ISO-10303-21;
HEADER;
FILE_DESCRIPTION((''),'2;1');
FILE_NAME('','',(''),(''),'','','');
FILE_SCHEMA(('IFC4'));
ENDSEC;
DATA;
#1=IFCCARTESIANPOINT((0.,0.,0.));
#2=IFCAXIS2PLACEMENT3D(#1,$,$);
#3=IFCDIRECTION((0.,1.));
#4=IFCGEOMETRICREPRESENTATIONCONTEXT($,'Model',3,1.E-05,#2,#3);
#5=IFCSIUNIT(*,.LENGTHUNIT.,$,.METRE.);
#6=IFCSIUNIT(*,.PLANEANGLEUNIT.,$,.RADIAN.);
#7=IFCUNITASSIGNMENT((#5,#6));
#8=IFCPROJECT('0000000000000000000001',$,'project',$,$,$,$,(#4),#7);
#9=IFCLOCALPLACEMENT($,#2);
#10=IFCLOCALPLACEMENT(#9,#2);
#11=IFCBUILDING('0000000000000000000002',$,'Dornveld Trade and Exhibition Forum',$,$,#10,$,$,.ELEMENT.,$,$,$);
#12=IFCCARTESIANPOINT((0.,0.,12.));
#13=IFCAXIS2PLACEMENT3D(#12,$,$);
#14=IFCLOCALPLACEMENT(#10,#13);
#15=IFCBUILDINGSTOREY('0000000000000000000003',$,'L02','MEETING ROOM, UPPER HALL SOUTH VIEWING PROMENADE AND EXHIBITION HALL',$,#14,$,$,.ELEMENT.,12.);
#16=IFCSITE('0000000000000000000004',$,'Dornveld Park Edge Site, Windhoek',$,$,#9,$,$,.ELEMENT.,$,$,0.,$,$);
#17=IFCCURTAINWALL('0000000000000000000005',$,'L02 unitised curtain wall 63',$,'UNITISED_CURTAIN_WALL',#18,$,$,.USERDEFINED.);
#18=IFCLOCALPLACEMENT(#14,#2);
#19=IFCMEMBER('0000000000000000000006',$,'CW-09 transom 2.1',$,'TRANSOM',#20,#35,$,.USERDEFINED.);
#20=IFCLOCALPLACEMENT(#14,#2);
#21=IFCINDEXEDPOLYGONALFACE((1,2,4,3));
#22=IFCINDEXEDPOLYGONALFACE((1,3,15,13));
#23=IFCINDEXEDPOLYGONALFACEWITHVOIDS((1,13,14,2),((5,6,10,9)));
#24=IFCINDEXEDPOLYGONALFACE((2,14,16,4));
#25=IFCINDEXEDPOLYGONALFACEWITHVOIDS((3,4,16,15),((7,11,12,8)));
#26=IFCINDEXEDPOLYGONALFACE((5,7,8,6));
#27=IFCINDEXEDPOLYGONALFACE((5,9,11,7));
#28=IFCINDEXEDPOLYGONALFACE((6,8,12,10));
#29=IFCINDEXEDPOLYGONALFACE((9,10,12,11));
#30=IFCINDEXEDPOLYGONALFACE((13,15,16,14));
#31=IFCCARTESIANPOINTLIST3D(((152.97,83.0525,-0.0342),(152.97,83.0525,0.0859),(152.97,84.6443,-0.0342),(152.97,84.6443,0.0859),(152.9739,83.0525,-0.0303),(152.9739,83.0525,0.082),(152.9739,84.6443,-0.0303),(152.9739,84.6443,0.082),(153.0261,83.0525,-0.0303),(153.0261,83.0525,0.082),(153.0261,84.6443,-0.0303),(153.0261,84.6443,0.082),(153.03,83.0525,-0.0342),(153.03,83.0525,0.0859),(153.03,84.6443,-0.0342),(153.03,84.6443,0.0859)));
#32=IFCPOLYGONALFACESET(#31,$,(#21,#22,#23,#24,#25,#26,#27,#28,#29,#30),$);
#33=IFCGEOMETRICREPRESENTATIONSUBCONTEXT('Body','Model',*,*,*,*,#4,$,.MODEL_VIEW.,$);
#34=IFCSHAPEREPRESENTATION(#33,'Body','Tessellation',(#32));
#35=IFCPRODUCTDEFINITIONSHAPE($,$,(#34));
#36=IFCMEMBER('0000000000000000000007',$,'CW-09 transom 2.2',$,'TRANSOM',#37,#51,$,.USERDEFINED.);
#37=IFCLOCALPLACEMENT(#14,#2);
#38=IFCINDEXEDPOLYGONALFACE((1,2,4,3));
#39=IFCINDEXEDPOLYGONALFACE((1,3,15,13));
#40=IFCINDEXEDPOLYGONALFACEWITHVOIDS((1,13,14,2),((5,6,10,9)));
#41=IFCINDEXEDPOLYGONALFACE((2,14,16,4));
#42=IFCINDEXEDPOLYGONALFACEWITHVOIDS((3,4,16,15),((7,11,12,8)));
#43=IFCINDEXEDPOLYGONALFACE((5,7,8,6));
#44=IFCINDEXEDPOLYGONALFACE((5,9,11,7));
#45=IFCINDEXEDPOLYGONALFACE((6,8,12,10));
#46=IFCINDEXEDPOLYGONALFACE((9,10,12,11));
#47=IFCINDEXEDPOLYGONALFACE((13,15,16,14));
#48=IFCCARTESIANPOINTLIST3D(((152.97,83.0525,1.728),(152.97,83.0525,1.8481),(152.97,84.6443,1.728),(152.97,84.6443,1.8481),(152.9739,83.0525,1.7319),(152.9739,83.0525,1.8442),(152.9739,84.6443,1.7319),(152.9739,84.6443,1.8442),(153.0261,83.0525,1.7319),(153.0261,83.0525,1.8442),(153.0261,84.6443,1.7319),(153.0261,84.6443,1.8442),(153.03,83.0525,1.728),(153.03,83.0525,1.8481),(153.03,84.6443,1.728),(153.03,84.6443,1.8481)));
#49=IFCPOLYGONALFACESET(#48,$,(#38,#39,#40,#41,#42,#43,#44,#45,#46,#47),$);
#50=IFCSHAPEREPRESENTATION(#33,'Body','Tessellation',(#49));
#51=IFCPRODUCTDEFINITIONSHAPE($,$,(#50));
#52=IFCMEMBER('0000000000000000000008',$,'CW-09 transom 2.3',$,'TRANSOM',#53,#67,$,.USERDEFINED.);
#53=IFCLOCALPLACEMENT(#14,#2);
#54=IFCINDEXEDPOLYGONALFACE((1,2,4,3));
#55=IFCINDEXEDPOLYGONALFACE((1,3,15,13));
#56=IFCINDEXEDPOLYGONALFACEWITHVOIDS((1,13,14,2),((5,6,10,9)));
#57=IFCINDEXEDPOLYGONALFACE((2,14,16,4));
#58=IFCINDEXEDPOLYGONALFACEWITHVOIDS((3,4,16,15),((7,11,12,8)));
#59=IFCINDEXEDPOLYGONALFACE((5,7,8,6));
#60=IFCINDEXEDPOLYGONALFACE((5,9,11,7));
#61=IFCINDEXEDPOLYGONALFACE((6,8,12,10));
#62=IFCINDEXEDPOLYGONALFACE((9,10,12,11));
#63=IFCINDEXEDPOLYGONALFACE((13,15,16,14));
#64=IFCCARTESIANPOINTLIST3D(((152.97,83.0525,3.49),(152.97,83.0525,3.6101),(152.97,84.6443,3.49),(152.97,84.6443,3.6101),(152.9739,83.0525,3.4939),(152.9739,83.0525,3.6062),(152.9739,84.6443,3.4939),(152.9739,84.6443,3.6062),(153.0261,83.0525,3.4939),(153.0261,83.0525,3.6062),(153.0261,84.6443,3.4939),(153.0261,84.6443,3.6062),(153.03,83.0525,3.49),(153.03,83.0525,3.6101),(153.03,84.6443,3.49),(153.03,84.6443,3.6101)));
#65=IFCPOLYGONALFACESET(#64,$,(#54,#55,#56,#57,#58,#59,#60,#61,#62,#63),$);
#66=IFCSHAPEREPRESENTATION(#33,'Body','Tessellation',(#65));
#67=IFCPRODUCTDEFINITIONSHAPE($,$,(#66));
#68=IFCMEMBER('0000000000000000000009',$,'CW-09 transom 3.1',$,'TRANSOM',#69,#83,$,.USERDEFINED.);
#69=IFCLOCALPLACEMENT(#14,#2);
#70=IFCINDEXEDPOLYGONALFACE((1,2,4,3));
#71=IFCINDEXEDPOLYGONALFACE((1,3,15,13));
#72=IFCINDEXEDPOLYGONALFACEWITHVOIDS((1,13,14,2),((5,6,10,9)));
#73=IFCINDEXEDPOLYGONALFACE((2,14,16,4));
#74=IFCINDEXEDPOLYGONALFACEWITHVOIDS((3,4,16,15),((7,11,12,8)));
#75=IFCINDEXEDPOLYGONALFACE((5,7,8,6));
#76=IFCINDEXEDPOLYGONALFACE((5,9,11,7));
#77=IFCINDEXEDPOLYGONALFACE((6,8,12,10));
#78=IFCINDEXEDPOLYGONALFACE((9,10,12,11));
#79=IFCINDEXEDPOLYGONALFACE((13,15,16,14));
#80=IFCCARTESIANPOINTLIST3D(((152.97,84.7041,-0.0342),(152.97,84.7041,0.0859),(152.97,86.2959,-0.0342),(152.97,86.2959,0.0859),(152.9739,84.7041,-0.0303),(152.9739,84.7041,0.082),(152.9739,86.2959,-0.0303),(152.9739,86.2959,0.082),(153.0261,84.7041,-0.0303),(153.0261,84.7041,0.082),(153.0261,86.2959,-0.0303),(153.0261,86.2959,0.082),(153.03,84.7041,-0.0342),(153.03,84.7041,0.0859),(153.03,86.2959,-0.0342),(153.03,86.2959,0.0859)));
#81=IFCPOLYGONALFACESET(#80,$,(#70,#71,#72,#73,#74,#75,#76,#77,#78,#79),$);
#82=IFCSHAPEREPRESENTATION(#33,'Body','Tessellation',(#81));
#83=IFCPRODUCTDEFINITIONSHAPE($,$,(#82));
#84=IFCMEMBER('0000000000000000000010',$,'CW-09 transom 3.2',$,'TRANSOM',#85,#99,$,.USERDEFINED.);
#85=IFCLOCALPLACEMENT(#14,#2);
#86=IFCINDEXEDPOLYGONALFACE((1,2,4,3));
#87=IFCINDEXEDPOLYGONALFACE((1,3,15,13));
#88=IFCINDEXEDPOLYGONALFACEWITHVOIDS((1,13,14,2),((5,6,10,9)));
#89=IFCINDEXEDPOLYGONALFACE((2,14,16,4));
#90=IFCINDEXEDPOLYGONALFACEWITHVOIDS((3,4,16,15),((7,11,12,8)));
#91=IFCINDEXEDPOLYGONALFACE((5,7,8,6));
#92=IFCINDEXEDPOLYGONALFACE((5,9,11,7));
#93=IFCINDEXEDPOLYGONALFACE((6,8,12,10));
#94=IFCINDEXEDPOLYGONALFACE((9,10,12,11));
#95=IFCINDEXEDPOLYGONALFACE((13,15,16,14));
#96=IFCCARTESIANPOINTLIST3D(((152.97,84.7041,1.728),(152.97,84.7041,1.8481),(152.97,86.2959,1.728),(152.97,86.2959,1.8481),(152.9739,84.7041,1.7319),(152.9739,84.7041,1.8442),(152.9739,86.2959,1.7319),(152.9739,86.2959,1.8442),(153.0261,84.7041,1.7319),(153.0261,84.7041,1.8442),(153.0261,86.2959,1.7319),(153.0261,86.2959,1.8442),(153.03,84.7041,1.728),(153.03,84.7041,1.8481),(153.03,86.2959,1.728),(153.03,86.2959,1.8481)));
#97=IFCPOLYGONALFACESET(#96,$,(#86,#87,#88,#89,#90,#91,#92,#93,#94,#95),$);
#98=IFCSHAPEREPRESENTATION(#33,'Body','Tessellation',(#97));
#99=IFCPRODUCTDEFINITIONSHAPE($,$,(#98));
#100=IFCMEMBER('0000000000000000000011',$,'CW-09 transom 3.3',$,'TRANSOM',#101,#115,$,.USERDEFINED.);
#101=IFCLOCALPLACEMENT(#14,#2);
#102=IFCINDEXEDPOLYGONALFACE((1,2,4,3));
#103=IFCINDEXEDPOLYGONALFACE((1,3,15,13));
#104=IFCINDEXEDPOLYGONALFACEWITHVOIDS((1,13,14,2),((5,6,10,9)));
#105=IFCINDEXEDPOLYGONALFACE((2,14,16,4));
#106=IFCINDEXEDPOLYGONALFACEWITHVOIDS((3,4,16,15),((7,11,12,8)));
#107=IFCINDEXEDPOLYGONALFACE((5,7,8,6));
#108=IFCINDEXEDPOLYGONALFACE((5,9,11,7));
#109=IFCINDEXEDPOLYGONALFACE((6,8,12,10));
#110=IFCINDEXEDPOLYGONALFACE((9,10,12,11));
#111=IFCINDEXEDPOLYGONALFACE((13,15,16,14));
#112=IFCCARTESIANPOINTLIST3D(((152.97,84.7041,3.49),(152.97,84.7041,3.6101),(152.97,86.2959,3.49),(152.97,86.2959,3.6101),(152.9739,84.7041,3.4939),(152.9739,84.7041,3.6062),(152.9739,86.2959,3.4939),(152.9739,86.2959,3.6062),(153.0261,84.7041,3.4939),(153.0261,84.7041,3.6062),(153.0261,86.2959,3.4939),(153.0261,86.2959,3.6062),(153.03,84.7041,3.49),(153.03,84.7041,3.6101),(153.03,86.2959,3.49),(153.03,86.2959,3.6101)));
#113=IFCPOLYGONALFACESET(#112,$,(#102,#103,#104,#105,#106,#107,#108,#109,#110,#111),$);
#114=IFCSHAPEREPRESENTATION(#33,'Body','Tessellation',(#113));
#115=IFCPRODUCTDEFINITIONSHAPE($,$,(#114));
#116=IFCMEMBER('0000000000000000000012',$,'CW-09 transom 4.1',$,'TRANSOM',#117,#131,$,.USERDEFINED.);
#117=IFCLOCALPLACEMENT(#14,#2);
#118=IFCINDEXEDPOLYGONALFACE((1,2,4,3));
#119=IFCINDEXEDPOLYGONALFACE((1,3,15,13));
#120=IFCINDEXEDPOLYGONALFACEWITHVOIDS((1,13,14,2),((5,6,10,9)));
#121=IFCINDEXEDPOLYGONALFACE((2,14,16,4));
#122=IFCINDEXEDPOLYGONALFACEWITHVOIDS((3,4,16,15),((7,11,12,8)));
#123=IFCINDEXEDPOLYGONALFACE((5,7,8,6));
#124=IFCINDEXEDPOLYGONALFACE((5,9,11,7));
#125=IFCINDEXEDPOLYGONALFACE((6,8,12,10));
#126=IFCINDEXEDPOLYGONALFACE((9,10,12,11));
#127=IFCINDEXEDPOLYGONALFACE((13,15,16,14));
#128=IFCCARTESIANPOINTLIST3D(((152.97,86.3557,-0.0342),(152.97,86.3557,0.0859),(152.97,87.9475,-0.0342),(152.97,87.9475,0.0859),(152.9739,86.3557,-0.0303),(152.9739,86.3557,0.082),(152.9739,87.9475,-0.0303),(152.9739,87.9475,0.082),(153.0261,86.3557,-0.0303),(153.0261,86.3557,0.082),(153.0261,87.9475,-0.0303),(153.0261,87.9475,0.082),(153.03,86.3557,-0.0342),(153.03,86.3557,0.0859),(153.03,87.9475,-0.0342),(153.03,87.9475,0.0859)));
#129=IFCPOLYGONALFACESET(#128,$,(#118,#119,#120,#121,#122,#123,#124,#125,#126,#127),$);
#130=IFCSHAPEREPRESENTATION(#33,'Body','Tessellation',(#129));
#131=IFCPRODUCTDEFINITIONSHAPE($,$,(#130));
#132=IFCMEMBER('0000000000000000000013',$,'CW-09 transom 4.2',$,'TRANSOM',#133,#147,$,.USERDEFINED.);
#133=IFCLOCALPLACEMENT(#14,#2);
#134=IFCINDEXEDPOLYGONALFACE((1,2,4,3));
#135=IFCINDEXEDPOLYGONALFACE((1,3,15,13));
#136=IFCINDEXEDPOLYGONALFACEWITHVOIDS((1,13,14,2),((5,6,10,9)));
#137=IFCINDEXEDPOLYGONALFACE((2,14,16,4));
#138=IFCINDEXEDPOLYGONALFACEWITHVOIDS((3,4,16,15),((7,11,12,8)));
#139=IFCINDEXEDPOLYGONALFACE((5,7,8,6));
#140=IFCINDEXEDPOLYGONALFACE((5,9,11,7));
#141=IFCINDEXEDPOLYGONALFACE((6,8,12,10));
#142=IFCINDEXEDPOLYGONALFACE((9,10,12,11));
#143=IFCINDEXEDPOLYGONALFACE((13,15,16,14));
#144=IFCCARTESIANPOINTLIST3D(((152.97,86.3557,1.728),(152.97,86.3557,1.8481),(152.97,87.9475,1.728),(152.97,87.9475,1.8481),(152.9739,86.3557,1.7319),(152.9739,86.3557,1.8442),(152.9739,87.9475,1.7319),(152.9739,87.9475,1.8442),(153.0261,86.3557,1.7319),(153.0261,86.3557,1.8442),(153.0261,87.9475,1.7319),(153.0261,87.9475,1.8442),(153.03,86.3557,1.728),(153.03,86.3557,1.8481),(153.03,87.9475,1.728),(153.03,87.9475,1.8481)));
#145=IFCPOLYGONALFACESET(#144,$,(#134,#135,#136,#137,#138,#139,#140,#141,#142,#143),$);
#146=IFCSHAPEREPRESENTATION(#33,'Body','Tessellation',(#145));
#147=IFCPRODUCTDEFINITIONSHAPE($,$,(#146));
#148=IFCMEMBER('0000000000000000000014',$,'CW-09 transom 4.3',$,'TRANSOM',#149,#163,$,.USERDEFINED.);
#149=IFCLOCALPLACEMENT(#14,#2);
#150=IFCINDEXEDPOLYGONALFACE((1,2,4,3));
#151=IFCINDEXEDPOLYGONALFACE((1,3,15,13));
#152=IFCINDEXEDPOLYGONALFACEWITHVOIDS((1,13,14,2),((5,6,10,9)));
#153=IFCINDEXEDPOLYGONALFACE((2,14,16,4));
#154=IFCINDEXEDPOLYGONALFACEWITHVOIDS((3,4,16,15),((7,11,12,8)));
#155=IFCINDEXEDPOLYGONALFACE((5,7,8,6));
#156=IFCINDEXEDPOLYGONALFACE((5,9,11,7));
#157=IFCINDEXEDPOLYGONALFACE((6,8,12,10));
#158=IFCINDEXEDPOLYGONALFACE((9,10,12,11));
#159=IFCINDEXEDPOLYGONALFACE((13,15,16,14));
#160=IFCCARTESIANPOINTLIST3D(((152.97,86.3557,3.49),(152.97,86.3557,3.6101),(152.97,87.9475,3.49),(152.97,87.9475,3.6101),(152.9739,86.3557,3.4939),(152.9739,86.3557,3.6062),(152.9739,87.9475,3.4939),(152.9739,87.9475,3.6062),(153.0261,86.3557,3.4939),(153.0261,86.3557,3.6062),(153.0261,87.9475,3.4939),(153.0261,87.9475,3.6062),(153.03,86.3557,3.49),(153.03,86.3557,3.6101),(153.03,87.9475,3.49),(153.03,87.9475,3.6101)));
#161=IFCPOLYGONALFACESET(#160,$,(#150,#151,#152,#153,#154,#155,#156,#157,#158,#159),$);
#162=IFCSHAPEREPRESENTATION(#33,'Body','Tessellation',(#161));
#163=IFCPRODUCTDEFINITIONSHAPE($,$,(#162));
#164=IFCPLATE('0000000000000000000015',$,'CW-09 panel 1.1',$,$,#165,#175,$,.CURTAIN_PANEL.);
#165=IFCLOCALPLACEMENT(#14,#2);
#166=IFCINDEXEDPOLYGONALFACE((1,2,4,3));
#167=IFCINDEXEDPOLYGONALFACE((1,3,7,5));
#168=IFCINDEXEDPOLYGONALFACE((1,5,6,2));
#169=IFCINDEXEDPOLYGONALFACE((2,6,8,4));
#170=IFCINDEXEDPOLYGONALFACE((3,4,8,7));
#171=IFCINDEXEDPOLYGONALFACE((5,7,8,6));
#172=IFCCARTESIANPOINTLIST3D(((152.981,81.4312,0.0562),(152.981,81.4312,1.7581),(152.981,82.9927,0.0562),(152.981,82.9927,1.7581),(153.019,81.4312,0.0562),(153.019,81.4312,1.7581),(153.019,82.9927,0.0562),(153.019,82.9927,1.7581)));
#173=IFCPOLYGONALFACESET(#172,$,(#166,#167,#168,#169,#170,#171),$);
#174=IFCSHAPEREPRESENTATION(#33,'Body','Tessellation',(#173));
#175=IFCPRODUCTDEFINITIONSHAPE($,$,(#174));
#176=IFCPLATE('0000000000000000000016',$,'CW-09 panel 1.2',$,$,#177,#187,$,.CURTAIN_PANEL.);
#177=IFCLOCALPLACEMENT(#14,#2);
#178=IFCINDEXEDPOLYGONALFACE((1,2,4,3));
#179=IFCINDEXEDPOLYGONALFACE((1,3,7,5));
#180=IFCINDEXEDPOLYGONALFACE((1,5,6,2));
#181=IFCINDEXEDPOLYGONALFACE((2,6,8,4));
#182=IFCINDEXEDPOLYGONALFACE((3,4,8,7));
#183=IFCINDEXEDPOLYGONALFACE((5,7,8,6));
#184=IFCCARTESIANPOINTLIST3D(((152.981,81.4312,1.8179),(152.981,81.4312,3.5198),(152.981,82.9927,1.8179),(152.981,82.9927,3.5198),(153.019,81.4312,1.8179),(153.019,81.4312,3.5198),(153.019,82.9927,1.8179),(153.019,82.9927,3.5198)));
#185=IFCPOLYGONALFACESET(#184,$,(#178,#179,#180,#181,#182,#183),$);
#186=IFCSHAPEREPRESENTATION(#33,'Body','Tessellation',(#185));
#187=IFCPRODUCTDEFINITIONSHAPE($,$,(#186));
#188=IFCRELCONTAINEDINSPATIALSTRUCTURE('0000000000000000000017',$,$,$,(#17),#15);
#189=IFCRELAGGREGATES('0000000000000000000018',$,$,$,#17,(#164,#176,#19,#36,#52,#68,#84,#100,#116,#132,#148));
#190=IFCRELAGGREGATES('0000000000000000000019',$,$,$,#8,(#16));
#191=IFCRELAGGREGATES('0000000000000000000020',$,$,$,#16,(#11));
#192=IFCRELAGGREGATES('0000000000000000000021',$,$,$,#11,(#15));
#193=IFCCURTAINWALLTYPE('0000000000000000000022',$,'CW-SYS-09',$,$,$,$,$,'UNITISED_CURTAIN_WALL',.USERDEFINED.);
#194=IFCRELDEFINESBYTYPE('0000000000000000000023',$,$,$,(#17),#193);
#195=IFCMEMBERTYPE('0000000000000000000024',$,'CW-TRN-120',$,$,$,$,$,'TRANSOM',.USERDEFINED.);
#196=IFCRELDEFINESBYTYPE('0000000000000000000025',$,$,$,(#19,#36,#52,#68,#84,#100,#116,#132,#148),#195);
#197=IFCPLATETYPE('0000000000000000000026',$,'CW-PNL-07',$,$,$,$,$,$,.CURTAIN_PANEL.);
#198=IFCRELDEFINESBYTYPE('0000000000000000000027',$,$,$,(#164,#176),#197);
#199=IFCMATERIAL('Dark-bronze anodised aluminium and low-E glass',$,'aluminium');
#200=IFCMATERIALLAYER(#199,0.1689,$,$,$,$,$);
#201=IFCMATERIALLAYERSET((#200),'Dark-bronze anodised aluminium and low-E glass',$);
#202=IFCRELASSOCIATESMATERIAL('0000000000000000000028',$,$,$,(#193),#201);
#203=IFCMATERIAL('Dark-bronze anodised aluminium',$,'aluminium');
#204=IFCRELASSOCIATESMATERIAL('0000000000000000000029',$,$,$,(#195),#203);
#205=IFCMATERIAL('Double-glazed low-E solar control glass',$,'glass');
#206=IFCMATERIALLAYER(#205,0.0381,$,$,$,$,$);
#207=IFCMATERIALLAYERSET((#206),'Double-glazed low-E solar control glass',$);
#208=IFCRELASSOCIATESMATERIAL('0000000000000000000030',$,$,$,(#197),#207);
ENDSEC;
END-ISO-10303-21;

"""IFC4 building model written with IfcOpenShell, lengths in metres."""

from ifc_helpers import new_model, si_unit, direction, frame, origin, origin_2d, place, context, subcontext, project, spatial, rectangle, hollow_rectangle, extrude, material, layer, layer_set, material_profile, profile_set, type_object, element, aggregate, save


model = new_model("IFC4")

# Units and contexts
model_context = context("Model", 3, precision=1e-05, world=origin(), true_north=direction((0.0, 1.0)))
body_context = subcontext(model_context, "Body", "Model", "MODEL_VIEW")
ifc_project = project(units=[si_unit("LENGTHUNIT", "METRE"), si_unit("PLANEANGLEUNIT", "RADIAN")], contexts=[model_context])

# Site, building, storey
site_placement = place(None, origin())
site = spatial("IfcSite", under=ifc_project, at=site_placement, Name="Dornveld Park Edge Site, Windhoek", CompositionType="ELEMENT", RefElevation=0.0)
building_placement = place(site_placement, origin())
building = spatial("IfcBuilding", under=site, at=building_placement, Name="Dornveld Trade and Exhibition Forum", CompositionType="ELEMENT")
storey_placement = place(building_placement, frame((0.0, 0.0, 12.0)))
storey = spatial("IfcBuildingStorey", under=building, at=storey_placement, Name="L02", Description="MEETING ROOM, UPPER HALL SOUTH VIEWING PROMENADE AND EXHIBITION HALL", CompositionType="ELEMENT", Elevation=12.0)

# Curtain wall, members, plates
ifc_material_1 = material(Name="Dark-bronze anodised aluminium and low-E glass", Category="aluminium")
ifc_layer_1 = layer(ifc_material_1, 0.1689)
ifc_layer_set_1 = layer_set([ifc_layer_1], Name="Dark-bronze anodised aluminium and low-E glass")
curtain_wall_type = type_object("IfcCurtainWallType", Name="CW-SYS-09", ElementType="UNITISED_CURTAIN_WALL", PredefinedType="USERDEFINED", material=ifc_layer_set_1)
curtain_wall_placement = place(storey_placement, origin())
curtain_wall = element("IfcCurtainWall", 1, at=curtain_wall_placement, inside=storey, type_object=curtain_wall_type, Name="L02 unitised curtain wall 63", ObjectType="UNITISED_CURTAIN_WALL", PredefinedType="USERDEFINED")
ifc_material_2 = material(Name="Dark-bronze anodised aluminium", Category="aluminium")
ifc_material_profile_1 = material_profile(ifc_material_2, hollow_rectangle(XDim=0.0601, YDim=0.1201, WallThickness=0.0039, at=origin_2d()), Name="RHS 120x60x4")
ifc_profile_set_1 = profile_set([ifc_material_profile_1], Name="Dark-bronze anodised aluminium")
member_type_1 = type_object("IfcMemberType", Name="CW-TRN-120", ElementType="TRANSOM", PredefinedType="USERDEFINED", material=ifc_profile_set_1)
member_1_placement = place(storey_placement, frame((153.0, 83.0525, 0.0259), z_axis=(0.0, 1.0, 0.0), x_axis=(-1.0, 0.0, 0.0)))
member_1 = element("IfcMember", 2, at=member_1_placement, type_object=member_type_1, Name="CW-09 transom 2.1", ObjectType="TRANSOM", PredefinedType="USERDEFINED", context=body_context, shape_type="SweptSolid", body=[
    extrude(hollow_rectangle(XDim=0.0601, YDim=0.1201, WallThickness=0.0039, at=origin_2d()), origin(), (0.0, 0.0, 1.0), 1.5918),
])
member_2_placement = place(storey_placement, frame((153.0, 83.0525, 1.7881), z_axis=(0.0, 1.0, 0.0), x_axis=(-1.0, 0.0, 0.0)))
member_2 = element("IfcMember", 3, at=member_2_placement, type_object=member_type_1, Name="CW-09 transom 2.2", ObjectType="TRANSOM", PredefinedType="USERDEFINED", context=body_context, shape_type="SweptSolid", body=[
    extrude(hollow_rectangle(XDim=0.0601, YDim=0.1201, WallThickness=0.0039, at=origin_2d()), origin(), (0.0, 0.0, 1.0), 1.5918),
])
member_3_placement = place(storey_placement, frame((153.0, 83.0525, 3.55), z_axis=(0.0, 1.0, 0.0), x_axis=(-1.0, 0.0, 0.0)))
member_3 = element("IfcMember", 4, at=member_3_placement, type_object=member_type_1, Name="CW-09 transom 2.3", ObjectType="TRANSOM", PredefinedType="USERDEFINED", context=body_context, shape_type="SweptSolid", body=[
    extrude(hollow_rectangle(XDim=0.0601, YDim=0.1201, WallThickness=0.0039, at=origin_2d()), origin(), (0.0, 0.0, 1.0), 1.5918),
])
member_4_placement = place(storey_placement, frame((153.0, 84.7041, 0.0259), z_axis=(0.0, 1.0, 0.0), x_axis=(-1.0, 0.0, 0.0)))
member_4 = element("IfcMember", 5, at=member_4_placement, type_object=member_type_1, Name="CW-09 transom 3.1", ObjectType="TRANSOM", PredefinedType="USERDEFINED", context=body_context, shape_type="SweptSolid", body=[
    extrude(hollow_rectangle(XDim=0.0601, YDim=0.1201, WallThickness=0.0039, at=origin_2d()), origin(), (0.0, 0.0, 1.0), 1.5918),
])
member_5_placement = place(storey_placement, frame((153.0, 84.7041, 1.7881), z_axis=(0.0, 1.0, 0.0), x_axis=(-1.0, 0.0, 0.0)))
member_5 = element("IfcMember", 6, at=member_5_placement, type_object=member_type_1, Name="CW-09 transom 3.2", ObjectType="TRANSOM", PredefinedType="USERDEFINED", context=body_context, shape_type="SweptSolid", body=[
    extrude(hollow_rectangle(XDim=0.0601, YDim=0.1201, WallThickness=0.0039, at=origin_2d()), origin(), (0.0, 0.0, 1.0), 1.5918),
])
member_6_placement = place(storey_placement, frame((153.0, 84.7041, 3.55), z_axis=(0.0, 1.0, 0.0), x_axis=(-1.0, 0.0, 0.0)))
member_6 = element("IfcMember", 7, at=member_6_placement, type_object=member_type_1, Name="CW-09 transom 3.3", ObjectType="TRANSOM", PredefinedType="USERDEFINED", context=body_context, shape_type="SweptSolid", body=[
    extrude(hollow_rectangle(XDim=0.0601, YDim=0.1201, WallThickness=0.0039, at=origin_2d()), origin(), (0.0, 0.0, 1.0), 1.5918),
])
member_7_placement = place(storey_placement, frame((153.0, 86.3557, 0.0259), z_axis=(0.0, 1.0, 0.0), x_axis=(-1.0, 0.0, 0.0)))
member_7 = element("IfcMember", 8, at=member_7_placement, type_object=member_type_1, Name="CW-09 transom 4.1", ObjectType="TRANSOM", PredefinedType="USERDEFINED", context=body_context, shape_type="SweptSolid", body=[
    extrude(hollow_rectangle(XDim=0.0601, YDim=0.1201, WallThickness=0.0039, at=origin_2d()), origin(), (0.0, 0.0, 1.0), 1.5918),
])
member_8_placement = place(storey_placement, frame((153.0, 86.3557, 1.7881), z_axis=(0.0, 1.0, 0.0), x_axis=(-1.0, 0.0, 0.0)))
member_8 = element("IfcMember", 9, at=member_8_placement, type_object=member_type_1, Name="CW-09 transom 4.2", ObjectType="TRANSOM", PredefinedType="USERDEFINED", context=body_context, shape_type="SweptSolid", body=[
    extrude(hollow_rectangle(XDim=0.0601, YDim=0.1201, WallThickness=0.0039, at=origin_2d()), origin(), (0.0, 0.0, 1.0), 1.5918),
])
member_9_placement = place(storey_placement, frame((153.0, 86.3557, 3.55), z_axis=(0.0, 1.0, 0.0), x_axis=(-1.0, 0.0, 0.0)))
member_9 = element("IfcMember", 10, at=member_9_placement, type_object=member_type_1, Name="CW-09 transom 4.3", ObjectType="TRANSOM", PredefinedType="USERDEFINED", context=body_context, shape_type="SweptSolid", body=[
    extrude(hollow_rectangle(XDim=0.0601, YDim=0.1201, WallThickness=0.0039, at=origin_2d()), origin(), (0.0, 0.0, 1.0), 1.5918),
])
ifc_material_3 = material(Name="Double-glazed low-E solar control glass", Category="glass")
ifc_layer_2 = layer(ifc_material_3, 0.0381)
ifc_layer_set_2 = layer_set([ifc_layer_2], Name="Double-glazed low-E solar control glass")
plate_type = type_object("IfcPlateType", Name="CW-PNL-07", PredefinedType="CURTAIN_PANEL", material=ifc_layer_set_2)
plate_1_placement = place(storey_placement, frame((153.0, 82.2119, 0.0562), z_axis=(0.0, 0.0, 1.0), x_axis=(0.0, 1.0, 0.0)))
plate_1 = element("IfcPlate", 11, at=plate_1_placement, type_object=plate_type, Name="CW-09 panel 1.1", PredefinedType="CURTAIN_PANEL", context=body_context, shape_type="SweptSolid", body=[
    extrude(rectangle(XDim=1.5615, YDim=0.0381, at=origin_2d()), origin(), (0.0, 0.0, 1.0), 1.7019),
])
plate_2_placement = place(storey_placement, frame((153.0, 82.2119, 1.8179), z_axis=(0.0, 0.0, 1.0), x_axis=(0.0, 1.0, 0.0)))
plate_2 = element("IfcPlate", 12, at=plate_2_placement, type_object=plate_type, Name="CW-09 panel 1.2", PredefinedType="CURTAIN_PANEL", context=body_context, shape_type="SweptSolid", body=[
    extrude(rectangle(XDim=1.5615, YDim=0.0381, at=origin_2d()), origin(), (0.0, 0.0, 1.0), 1.7019),
])
aggregate(curtain_wall, [plate_1, plate_2, member_1, member_2, member_3, member_4, member_5, member_6, member_7, member_8, member_9])

save(model, "model.ifc")
